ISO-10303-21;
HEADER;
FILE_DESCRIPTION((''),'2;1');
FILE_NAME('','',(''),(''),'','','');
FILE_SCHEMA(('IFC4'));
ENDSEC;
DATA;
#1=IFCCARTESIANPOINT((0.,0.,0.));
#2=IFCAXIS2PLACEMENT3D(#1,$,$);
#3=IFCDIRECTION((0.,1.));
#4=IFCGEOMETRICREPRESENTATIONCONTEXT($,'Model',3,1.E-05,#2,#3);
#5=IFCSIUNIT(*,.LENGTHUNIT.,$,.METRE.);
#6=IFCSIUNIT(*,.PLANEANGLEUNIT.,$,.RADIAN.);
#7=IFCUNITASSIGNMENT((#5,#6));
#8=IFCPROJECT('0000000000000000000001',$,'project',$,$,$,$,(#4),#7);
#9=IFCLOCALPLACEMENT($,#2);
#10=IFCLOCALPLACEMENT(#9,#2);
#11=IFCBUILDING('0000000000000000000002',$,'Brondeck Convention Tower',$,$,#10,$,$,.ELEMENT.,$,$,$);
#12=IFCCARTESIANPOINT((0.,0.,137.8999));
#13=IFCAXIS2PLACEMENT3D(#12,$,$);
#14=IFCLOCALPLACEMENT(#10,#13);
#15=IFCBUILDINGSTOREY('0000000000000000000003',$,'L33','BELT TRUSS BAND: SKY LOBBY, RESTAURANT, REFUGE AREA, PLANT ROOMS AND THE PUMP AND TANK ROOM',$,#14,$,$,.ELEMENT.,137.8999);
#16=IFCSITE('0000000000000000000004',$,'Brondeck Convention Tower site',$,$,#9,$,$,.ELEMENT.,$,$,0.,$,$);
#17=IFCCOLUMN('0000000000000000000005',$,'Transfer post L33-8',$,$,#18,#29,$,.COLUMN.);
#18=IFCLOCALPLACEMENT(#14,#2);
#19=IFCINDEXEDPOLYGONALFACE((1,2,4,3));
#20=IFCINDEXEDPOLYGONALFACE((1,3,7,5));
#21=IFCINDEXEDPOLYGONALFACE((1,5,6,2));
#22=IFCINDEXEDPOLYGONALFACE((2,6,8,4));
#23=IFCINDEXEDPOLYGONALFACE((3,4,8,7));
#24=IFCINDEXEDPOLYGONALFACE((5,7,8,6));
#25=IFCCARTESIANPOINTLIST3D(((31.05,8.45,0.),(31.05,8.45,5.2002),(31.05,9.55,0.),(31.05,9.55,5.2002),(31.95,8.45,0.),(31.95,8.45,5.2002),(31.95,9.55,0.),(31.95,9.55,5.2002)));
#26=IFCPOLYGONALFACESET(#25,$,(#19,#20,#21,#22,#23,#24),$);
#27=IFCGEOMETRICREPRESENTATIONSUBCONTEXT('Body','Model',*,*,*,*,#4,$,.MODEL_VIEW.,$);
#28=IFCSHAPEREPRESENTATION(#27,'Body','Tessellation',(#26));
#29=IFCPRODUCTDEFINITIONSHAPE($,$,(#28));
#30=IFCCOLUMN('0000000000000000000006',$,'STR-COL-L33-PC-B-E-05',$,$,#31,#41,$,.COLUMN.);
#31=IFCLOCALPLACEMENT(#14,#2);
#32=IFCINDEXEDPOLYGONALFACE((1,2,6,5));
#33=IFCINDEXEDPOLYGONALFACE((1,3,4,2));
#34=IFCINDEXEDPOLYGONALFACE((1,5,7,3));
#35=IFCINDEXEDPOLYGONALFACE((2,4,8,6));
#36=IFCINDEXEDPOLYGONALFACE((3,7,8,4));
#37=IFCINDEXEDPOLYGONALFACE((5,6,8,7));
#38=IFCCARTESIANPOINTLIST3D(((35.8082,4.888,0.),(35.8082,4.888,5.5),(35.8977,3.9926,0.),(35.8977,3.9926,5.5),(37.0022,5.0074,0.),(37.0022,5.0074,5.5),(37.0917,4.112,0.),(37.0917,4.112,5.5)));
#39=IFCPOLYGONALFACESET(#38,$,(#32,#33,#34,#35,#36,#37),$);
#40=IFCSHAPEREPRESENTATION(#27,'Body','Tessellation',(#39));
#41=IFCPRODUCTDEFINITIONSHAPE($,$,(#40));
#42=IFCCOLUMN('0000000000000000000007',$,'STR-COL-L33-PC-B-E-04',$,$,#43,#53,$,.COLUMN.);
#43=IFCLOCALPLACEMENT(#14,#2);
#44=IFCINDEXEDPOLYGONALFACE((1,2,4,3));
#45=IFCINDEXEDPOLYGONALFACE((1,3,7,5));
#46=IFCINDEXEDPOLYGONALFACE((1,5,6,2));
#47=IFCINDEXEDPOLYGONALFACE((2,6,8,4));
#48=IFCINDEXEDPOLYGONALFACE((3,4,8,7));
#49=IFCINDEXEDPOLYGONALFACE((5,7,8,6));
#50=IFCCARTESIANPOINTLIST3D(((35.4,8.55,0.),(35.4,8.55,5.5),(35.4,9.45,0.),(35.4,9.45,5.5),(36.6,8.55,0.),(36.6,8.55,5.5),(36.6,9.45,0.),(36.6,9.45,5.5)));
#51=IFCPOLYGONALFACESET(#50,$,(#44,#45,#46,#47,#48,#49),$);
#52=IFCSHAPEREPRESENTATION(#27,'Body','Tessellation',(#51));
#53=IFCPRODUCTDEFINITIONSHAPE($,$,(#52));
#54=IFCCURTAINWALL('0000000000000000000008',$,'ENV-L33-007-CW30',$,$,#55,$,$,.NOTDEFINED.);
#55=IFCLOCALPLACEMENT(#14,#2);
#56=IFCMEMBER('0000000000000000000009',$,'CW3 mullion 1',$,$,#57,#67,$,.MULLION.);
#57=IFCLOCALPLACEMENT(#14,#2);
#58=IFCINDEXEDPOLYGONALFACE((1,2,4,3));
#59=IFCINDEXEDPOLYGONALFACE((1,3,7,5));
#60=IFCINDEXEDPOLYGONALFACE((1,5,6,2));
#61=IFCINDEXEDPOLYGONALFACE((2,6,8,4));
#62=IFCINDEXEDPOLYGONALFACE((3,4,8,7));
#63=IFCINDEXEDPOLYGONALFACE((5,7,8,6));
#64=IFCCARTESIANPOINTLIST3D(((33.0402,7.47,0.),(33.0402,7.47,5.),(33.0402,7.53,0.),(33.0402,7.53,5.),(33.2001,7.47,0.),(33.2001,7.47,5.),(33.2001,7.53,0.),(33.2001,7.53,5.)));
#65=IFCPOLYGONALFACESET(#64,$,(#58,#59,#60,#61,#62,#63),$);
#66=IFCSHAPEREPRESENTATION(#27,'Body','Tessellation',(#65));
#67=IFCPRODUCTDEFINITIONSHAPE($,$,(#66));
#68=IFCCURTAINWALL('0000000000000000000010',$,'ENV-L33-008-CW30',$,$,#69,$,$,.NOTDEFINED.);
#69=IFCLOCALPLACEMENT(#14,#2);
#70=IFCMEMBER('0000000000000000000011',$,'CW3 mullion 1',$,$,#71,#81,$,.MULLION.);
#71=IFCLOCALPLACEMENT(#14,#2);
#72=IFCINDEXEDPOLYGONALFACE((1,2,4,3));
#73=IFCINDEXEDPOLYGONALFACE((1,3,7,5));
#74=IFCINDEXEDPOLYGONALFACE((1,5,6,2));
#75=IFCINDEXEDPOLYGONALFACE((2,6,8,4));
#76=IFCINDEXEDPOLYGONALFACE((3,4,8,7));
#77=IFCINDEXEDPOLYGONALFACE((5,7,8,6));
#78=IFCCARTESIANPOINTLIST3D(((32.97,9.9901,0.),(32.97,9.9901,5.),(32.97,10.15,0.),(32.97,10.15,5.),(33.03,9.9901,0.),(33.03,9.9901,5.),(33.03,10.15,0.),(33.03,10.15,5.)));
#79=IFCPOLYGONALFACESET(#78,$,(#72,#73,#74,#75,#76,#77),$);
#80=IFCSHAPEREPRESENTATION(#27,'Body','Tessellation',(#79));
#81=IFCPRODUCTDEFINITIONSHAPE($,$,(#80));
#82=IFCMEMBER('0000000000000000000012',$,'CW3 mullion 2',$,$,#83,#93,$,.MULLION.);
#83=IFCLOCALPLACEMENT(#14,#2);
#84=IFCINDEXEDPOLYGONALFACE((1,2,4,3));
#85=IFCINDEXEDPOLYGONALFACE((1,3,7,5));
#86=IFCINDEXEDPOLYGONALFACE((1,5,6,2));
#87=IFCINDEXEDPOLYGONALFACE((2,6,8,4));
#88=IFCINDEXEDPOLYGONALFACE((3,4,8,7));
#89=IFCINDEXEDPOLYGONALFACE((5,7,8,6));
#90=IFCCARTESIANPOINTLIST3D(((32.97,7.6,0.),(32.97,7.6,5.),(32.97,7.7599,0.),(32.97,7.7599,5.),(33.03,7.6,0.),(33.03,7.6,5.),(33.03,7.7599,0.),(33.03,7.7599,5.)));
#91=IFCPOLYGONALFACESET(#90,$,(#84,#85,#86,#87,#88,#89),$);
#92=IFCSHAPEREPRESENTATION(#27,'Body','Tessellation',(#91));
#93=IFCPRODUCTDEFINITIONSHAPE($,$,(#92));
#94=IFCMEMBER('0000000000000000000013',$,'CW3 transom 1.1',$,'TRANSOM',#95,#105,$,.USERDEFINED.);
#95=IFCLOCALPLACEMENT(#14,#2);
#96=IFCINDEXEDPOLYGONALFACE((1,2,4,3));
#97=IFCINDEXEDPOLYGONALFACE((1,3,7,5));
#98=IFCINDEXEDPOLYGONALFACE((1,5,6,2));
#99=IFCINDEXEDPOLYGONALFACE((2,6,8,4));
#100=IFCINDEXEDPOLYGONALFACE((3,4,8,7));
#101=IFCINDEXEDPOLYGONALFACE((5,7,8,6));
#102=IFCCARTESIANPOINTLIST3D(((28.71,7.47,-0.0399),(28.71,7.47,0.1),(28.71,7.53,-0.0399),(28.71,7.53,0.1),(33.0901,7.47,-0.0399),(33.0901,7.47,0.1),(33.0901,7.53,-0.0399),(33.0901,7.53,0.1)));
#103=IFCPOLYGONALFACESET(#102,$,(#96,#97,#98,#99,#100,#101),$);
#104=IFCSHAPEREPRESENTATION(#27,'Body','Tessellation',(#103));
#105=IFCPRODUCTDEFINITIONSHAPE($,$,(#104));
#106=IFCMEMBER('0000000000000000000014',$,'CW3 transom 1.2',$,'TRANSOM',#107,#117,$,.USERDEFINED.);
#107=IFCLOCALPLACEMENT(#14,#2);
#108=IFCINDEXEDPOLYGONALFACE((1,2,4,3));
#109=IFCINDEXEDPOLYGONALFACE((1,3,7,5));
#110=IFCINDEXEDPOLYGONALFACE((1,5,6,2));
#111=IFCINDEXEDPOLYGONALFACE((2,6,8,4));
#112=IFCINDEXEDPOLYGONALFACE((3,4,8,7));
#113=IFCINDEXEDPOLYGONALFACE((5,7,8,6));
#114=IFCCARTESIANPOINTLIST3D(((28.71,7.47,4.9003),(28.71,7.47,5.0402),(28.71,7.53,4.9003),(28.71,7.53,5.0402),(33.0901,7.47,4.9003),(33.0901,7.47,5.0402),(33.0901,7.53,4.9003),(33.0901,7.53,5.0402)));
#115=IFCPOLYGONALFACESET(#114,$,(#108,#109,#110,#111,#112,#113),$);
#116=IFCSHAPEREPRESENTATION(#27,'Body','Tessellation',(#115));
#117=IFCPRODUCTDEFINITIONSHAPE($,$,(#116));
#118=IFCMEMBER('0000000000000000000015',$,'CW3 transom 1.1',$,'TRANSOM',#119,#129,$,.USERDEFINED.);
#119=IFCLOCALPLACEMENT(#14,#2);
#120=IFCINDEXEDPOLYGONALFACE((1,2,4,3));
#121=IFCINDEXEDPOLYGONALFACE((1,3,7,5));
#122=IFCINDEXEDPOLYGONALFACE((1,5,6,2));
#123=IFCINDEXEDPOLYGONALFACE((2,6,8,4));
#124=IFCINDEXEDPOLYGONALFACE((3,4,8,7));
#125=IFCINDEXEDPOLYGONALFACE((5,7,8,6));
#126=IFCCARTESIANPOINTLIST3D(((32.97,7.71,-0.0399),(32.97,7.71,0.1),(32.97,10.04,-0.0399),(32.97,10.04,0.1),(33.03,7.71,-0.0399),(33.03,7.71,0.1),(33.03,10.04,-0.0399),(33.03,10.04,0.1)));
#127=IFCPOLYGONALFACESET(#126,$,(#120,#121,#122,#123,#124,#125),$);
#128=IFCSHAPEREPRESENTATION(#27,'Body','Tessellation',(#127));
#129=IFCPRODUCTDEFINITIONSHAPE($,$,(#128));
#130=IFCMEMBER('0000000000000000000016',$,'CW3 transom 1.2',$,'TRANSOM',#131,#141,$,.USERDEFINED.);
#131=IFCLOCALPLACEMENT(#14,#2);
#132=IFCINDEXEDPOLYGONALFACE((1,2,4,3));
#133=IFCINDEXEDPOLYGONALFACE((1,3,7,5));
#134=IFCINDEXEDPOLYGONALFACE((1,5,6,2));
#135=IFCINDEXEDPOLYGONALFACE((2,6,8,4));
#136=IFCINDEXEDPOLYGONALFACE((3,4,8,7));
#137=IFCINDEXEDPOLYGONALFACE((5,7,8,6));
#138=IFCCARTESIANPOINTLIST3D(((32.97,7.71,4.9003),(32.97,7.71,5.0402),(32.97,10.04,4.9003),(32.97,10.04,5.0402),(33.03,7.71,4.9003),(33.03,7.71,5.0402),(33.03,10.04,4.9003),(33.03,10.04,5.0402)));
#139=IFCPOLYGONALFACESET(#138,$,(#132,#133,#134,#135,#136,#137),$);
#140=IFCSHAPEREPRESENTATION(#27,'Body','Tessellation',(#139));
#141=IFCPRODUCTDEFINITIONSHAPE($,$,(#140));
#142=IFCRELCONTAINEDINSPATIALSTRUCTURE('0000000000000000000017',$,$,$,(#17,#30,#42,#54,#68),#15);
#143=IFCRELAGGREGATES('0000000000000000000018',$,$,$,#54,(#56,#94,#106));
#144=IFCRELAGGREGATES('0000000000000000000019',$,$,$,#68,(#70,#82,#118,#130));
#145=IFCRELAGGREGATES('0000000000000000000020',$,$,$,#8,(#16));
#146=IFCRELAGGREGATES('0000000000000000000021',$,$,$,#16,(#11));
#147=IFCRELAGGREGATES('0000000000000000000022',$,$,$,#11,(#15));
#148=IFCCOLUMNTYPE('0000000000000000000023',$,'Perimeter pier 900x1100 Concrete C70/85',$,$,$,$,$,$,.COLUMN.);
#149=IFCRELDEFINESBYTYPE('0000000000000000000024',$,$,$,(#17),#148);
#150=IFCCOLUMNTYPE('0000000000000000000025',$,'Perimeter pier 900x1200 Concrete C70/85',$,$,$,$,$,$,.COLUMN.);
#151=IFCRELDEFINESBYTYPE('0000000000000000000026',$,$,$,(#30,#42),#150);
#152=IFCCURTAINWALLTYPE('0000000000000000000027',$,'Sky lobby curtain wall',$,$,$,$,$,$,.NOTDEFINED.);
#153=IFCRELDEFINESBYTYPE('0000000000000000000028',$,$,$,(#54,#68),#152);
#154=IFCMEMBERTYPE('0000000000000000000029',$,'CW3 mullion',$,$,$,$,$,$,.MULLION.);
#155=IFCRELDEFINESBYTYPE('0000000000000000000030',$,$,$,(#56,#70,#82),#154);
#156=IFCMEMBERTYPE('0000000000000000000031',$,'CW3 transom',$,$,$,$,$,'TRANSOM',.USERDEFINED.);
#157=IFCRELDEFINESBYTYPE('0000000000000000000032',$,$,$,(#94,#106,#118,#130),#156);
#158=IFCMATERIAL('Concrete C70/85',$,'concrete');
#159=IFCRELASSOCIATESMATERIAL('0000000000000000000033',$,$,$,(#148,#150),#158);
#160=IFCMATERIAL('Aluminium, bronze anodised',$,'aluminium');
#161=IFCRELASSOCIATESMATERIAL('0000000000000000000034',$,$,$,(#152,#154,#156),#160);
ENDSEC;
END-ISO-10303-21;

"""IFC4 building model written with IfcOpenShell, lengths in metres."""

from ifc_helpers import new_model, si_unit, direction, frame, origin, origin_2d, place, context, subcontext, project, spatial, rectangle, extrude, material, material_profile, profile_set, type_object, element, aggregate, save


model = new_model("IFC4")

# Units and contexts
model_context = context("Model", 3, precision=1e-05, world=origin(), true_north=direction((0.0, 1.0)))
body_context = subcontext(model_context, "Body", "Model", "MODEL_VIEW")
ifc_project = project(units=[si_unit("LENGTHUNIT", "METRE"), si_unit("PLANEANGLEUNIT", "RADIAN")], contexts=[model_context])

# Site, building, storey
site_placement = place(None, origin())
site = spatial("IfcSite", under=ifc_project, at=site_placement, Name="Brondeck Convention Tower site", CompositionType="ELEMENT", RefElevation=0.0)
building_placement = place(site_placement, origin())
building = spatial("IfcBuilding", under=site, at=building_placement, Name="Brondeck Convention Tower", CompositionType="ELEMENT")
storey_placement = place(building_placement, frame((0.0, 0.0, 137.8999)))
storey = spatial("IfcBuildingStorey", under=building, at=storey_placement, Name="L33", Description="BELT TRUSS BAND: SKY LOBBY, RESTAURANT, REFUGE AREA, PLANT ROOMS AND THE PUMP AND TANK ROOM", CompositionType="ELEMENT", Elevation=137.8999)

# Columns
ifc_material_1 = material(Name="Concrete C70/85", Category="concrete")
ifc_material_profile_1 = material_profile(ifc_material_1, rectangle(XDim=0.8999, YDim=1.1001, at=origin_2d()), Name="Perimeter pier 900x1100 Concrete C70/85")
ifc_profile_set_1 = profile_set([ifc_material_profile_1], Name="Concrete C70/85")
column_type_1 = type_object("IfcColumnType", Name="Perimeter pier 900x1100 Concrete C70/85", PredefinedType="COLUMN", material=ifc_profile_set_1)
column_placement = place(storey_placement, frame((31.5, 9.0, 0.0), z_axis=(0.0, 0.0, 1.0), x_axis=(1.0, 0.0, 0.0)))
element("IfcColumn", 1, at=column_placement, inside=storey, type_object=column_type_1, Name="Transfer post L33-8", PredefinedType="COLUMN", context=body_context, shape_type="SweptSolid", body=[
    extrude(rectangle(XDim=0.8999, YDim=1.1001, at=origin_2d()), origin(), (0.0, 0.0, 1.0), 5.2002),
])
ifc_material_profile_2 = material_profile(ifc_material_1, rectangle(XDim=0.8999, YDim=1.2, at=origin_2d()), Name="Perimeter pier 900x1200 Concrete C70/85")
ifc_profile_set_2 = profile_set([ifc_material_profile_2], Name="Concrete C70/85")
column_type_2 = type_object("IfcColumnType", Name="Perimeter pier 900x1200 Concrete C70/85", PredefinedType="COLUMN", material=ifc_profile_set_2)
for number, where, z_axis, x_axis, name in (
    (2, (36.45, 4.5, 0.0), (0.0, 0.0, 1.0), (-0.099504, 0.995037, 0.0), "STR-COL-L33-PC-B-E-05"),
    (3, (36.0, 9.0, 0.0), (0.0, 0.0, 1.0), (0.0, 1.0, 0.0), "STR-COL-L33-PC-B-E-04"),
):
    element("IfcColumn", number, at=place(storey_placement, frame(where, z_axis=z_axis, x_axis=x_axis)), inside=storey, type_object=column_type_2, Name=name, PredefinedType="COLUMN", context=body_context, shape_type="SweptSolid", body=[
        extrude(rectangle(XDim=0.8999, YDim=1.2, at=origin_2d()), origin(), (0.0, 0.0, 1.0), 5.5),
    ])

# Curtain wall, member
ifc_material_2 = material(Name="Aluminium, bronze anodised", Category="aluminium")
curtain_wall_type = type_object("IfcCurtainWallType", Name="Sky lobby curtain wall", PredefinedType="NOTDEFINED", material=ifc_material_2)
curtain_wall_1_placement = place(storey_placement, origin())
curtain_wall_1 = element("IfcCurtainWall", 4, at=curtain_wall_1_placement, inside=storey, type_object=curtain_wall_type, Name="ENV-L33-007-CW30", PredefinedType="NOTDEFINED")
ifc_material_profile_3 = material_profile(ifc_material_2, rectangle(XDim=0.0601, YDim=0.1599, at=origin_2d()), Name="CW3 mullion")
ifc_profile_set_3 = profile_set([ifc_material_profile_3], Name="Aluminium, bronze anodised")
member_type_1 = type_object("IfcMemberType", Name="CW3 mullion", PredefinedType="MULLION", material=ifc_profile_set_3)
member_1_placement = place(storey_placement, frame((33.1201, 7.5, 0.0), z_axis=(0.0, 0.0, 1.0), x_axis=(0.0, -1.0, 0.0)))
member_1 = element("IfcMember", 5, at=member_1_placement, type_object=member_type_1, Name="CW3 mullion 1", PredefinedType="MULLION", context=body_context, shape_type="SweptSolid", body=[
    extrude(rectangle(XDim=0.0601, YDim=0.1599, at=origin_2d()), origin(), (0.0, 0.0, 1.0), 5.0),
])

# Curtain wall, members
curtain_wall_2_placement = place(storey_placement, origin())
curtain_wall_2 = element("IfcCurtainWall", 6, at=curtain_wall_2_placement, inside=storey, type_object=curtain_wall_type, Name="ENV-L33-008-CW30", PredefinedType="NOTDEFINED")
member_2_placement = place(storey_placement, frame((33.0, 10.0701, 0.0), z_axis=(0.0, 0.0, 1.0), x_axis=(1.0, 0.0, 0.0)))
member_2 = element("IfcMember", 7, at=member_2_placement, type_object=member_type_1, Name="CW3 mullion 1", PredefinedType="MULLION", context=body_context, shape_type="SweptSolid", body=[
    extrude(rectangle(XDim=0.0601, YDim=0.1599, at=origin_2d()), origin(), (0.0, 0.0, 1.0), 5.0),
])
member_3_placement = place(storey_placement, frame((33.0, 7.6799, 0.0), z_axis=(0.0, 0.0, 1.0), x_axis=(1.0, 0.0, 0.0)))
member_3 = element("IfcMember", 8, at=member_3_placement, type_object=member_type_1, Name="CW3 mullion 2", PredefinedType="MULLION", context=body_context, shape_type="SweptSolid", body=[
    extrude(rectangle(XDim=0.0601, YDim=0.1599, at=origin_2d()), origin(), (0.0, 0.0, 1.0), 5.0),
])

# Members
ifc_material_profile_4 = material_profile(ifc_material_2, rectangle(XDim=0.0601, YDim=0.1399, at=origin_2d()), Name="CW3 transom")
ifc_profile_set_4 = profile_set([ifc_material_profile_4], Name="Aluminium, bronze anodised")
member_type_2 = type_object("IfcMemberType", Name="CW3 transom", ElementType="TRANSOM", PredefinedType="USERDEFINED", material=ifc_profile_set_4)
member_4_placement = place(storey_placement, frame((33.0901, 7.5, 0.03), z_axis=(-1.0, 0.0, 0.0), x_axis=(0.0, -1.0, 0.0)))
member_4 = element("IfcMember", 9, at=member_4_placement, type_object=member_type_2, Name="CW3 transom 1.1", ObjectType="TRANSOM", PredefinedType="USERDEFINED", context=body_context, shape_type="SweptSolid", body=[
    extrude(rectangle(XDim=0.0601, YDim=0.1399, at=origin_2d()), origin(), (0.0, 0.0, 1.0), 4.3801),
])
member_5_placement = place(storey_placement, frame((33.0901, 7.5, 4.9702), z_axis=(-1.0, 0.0, 0.0), x_axis=(0.0, -1.0, 0.0)))
member_5 = element("IfcMember", 10, at=member_5_placement, type_object=member_type_2, Name="CW3 transom 1.2", ObjectType="TRANSOM", PredefinedType="USERDEFINED", context=body_context, shape_type="SweptSolid", body=[
    extrude(rectangle(XDim=0.0601, YDim=0.1399, at=origin_2d()), origin(), (0.0, 0.0, 1.0), 4.3801),
])
aggregate(curtain_wall_1, [member_1, member_4, member_5])
member_6_placement = place(storey_placement, frame((33.0, 10.04, 0.03), z_axis=(0.0, -1.0, 0.0), x_axis=(1.0, 0.0, 0.0)))
member_6 = element("IfcMember", 11, at=member_6_placement, type_object=member_type_2, Name="CW3 transom 1.1", ObjectType="TRANSOM", PredefinedType="USERDEFINED", context=body_context, shape_type="SweptSolid", body=[
    extrude(rectangle(XDim=0.0601, YDim=0.1399, at=origin_2d()), origin(), (0.0, 0.0, 1.0), 2.3301),
])
member_7_placement = place(storey_placement, frame((33.0, 10.04, 4.9702), z_axis=(0.0, -1.0, 0.0), x_axis=(1.0, 0.0, 0.0)))
member_7 = element("IfcMember", 12, at=member_7_placement, type_object=member_type_2, Name="CW3 transom 1.2", ObjectType="TRANSOM", PredefinedType="USERDEFINED", context=body_context, shape_type="SweptSolid", body=[
    extrude(rectangle(XDim=0.0601, YDim=0.1399, at=origin_2d()), origin(), (0.0, 0.0, 1.0), 2.3301),
])

aggregate(curtain_wall_2, [member_2, member_3, member_6, member_7])

save(model, "model.ifc")
